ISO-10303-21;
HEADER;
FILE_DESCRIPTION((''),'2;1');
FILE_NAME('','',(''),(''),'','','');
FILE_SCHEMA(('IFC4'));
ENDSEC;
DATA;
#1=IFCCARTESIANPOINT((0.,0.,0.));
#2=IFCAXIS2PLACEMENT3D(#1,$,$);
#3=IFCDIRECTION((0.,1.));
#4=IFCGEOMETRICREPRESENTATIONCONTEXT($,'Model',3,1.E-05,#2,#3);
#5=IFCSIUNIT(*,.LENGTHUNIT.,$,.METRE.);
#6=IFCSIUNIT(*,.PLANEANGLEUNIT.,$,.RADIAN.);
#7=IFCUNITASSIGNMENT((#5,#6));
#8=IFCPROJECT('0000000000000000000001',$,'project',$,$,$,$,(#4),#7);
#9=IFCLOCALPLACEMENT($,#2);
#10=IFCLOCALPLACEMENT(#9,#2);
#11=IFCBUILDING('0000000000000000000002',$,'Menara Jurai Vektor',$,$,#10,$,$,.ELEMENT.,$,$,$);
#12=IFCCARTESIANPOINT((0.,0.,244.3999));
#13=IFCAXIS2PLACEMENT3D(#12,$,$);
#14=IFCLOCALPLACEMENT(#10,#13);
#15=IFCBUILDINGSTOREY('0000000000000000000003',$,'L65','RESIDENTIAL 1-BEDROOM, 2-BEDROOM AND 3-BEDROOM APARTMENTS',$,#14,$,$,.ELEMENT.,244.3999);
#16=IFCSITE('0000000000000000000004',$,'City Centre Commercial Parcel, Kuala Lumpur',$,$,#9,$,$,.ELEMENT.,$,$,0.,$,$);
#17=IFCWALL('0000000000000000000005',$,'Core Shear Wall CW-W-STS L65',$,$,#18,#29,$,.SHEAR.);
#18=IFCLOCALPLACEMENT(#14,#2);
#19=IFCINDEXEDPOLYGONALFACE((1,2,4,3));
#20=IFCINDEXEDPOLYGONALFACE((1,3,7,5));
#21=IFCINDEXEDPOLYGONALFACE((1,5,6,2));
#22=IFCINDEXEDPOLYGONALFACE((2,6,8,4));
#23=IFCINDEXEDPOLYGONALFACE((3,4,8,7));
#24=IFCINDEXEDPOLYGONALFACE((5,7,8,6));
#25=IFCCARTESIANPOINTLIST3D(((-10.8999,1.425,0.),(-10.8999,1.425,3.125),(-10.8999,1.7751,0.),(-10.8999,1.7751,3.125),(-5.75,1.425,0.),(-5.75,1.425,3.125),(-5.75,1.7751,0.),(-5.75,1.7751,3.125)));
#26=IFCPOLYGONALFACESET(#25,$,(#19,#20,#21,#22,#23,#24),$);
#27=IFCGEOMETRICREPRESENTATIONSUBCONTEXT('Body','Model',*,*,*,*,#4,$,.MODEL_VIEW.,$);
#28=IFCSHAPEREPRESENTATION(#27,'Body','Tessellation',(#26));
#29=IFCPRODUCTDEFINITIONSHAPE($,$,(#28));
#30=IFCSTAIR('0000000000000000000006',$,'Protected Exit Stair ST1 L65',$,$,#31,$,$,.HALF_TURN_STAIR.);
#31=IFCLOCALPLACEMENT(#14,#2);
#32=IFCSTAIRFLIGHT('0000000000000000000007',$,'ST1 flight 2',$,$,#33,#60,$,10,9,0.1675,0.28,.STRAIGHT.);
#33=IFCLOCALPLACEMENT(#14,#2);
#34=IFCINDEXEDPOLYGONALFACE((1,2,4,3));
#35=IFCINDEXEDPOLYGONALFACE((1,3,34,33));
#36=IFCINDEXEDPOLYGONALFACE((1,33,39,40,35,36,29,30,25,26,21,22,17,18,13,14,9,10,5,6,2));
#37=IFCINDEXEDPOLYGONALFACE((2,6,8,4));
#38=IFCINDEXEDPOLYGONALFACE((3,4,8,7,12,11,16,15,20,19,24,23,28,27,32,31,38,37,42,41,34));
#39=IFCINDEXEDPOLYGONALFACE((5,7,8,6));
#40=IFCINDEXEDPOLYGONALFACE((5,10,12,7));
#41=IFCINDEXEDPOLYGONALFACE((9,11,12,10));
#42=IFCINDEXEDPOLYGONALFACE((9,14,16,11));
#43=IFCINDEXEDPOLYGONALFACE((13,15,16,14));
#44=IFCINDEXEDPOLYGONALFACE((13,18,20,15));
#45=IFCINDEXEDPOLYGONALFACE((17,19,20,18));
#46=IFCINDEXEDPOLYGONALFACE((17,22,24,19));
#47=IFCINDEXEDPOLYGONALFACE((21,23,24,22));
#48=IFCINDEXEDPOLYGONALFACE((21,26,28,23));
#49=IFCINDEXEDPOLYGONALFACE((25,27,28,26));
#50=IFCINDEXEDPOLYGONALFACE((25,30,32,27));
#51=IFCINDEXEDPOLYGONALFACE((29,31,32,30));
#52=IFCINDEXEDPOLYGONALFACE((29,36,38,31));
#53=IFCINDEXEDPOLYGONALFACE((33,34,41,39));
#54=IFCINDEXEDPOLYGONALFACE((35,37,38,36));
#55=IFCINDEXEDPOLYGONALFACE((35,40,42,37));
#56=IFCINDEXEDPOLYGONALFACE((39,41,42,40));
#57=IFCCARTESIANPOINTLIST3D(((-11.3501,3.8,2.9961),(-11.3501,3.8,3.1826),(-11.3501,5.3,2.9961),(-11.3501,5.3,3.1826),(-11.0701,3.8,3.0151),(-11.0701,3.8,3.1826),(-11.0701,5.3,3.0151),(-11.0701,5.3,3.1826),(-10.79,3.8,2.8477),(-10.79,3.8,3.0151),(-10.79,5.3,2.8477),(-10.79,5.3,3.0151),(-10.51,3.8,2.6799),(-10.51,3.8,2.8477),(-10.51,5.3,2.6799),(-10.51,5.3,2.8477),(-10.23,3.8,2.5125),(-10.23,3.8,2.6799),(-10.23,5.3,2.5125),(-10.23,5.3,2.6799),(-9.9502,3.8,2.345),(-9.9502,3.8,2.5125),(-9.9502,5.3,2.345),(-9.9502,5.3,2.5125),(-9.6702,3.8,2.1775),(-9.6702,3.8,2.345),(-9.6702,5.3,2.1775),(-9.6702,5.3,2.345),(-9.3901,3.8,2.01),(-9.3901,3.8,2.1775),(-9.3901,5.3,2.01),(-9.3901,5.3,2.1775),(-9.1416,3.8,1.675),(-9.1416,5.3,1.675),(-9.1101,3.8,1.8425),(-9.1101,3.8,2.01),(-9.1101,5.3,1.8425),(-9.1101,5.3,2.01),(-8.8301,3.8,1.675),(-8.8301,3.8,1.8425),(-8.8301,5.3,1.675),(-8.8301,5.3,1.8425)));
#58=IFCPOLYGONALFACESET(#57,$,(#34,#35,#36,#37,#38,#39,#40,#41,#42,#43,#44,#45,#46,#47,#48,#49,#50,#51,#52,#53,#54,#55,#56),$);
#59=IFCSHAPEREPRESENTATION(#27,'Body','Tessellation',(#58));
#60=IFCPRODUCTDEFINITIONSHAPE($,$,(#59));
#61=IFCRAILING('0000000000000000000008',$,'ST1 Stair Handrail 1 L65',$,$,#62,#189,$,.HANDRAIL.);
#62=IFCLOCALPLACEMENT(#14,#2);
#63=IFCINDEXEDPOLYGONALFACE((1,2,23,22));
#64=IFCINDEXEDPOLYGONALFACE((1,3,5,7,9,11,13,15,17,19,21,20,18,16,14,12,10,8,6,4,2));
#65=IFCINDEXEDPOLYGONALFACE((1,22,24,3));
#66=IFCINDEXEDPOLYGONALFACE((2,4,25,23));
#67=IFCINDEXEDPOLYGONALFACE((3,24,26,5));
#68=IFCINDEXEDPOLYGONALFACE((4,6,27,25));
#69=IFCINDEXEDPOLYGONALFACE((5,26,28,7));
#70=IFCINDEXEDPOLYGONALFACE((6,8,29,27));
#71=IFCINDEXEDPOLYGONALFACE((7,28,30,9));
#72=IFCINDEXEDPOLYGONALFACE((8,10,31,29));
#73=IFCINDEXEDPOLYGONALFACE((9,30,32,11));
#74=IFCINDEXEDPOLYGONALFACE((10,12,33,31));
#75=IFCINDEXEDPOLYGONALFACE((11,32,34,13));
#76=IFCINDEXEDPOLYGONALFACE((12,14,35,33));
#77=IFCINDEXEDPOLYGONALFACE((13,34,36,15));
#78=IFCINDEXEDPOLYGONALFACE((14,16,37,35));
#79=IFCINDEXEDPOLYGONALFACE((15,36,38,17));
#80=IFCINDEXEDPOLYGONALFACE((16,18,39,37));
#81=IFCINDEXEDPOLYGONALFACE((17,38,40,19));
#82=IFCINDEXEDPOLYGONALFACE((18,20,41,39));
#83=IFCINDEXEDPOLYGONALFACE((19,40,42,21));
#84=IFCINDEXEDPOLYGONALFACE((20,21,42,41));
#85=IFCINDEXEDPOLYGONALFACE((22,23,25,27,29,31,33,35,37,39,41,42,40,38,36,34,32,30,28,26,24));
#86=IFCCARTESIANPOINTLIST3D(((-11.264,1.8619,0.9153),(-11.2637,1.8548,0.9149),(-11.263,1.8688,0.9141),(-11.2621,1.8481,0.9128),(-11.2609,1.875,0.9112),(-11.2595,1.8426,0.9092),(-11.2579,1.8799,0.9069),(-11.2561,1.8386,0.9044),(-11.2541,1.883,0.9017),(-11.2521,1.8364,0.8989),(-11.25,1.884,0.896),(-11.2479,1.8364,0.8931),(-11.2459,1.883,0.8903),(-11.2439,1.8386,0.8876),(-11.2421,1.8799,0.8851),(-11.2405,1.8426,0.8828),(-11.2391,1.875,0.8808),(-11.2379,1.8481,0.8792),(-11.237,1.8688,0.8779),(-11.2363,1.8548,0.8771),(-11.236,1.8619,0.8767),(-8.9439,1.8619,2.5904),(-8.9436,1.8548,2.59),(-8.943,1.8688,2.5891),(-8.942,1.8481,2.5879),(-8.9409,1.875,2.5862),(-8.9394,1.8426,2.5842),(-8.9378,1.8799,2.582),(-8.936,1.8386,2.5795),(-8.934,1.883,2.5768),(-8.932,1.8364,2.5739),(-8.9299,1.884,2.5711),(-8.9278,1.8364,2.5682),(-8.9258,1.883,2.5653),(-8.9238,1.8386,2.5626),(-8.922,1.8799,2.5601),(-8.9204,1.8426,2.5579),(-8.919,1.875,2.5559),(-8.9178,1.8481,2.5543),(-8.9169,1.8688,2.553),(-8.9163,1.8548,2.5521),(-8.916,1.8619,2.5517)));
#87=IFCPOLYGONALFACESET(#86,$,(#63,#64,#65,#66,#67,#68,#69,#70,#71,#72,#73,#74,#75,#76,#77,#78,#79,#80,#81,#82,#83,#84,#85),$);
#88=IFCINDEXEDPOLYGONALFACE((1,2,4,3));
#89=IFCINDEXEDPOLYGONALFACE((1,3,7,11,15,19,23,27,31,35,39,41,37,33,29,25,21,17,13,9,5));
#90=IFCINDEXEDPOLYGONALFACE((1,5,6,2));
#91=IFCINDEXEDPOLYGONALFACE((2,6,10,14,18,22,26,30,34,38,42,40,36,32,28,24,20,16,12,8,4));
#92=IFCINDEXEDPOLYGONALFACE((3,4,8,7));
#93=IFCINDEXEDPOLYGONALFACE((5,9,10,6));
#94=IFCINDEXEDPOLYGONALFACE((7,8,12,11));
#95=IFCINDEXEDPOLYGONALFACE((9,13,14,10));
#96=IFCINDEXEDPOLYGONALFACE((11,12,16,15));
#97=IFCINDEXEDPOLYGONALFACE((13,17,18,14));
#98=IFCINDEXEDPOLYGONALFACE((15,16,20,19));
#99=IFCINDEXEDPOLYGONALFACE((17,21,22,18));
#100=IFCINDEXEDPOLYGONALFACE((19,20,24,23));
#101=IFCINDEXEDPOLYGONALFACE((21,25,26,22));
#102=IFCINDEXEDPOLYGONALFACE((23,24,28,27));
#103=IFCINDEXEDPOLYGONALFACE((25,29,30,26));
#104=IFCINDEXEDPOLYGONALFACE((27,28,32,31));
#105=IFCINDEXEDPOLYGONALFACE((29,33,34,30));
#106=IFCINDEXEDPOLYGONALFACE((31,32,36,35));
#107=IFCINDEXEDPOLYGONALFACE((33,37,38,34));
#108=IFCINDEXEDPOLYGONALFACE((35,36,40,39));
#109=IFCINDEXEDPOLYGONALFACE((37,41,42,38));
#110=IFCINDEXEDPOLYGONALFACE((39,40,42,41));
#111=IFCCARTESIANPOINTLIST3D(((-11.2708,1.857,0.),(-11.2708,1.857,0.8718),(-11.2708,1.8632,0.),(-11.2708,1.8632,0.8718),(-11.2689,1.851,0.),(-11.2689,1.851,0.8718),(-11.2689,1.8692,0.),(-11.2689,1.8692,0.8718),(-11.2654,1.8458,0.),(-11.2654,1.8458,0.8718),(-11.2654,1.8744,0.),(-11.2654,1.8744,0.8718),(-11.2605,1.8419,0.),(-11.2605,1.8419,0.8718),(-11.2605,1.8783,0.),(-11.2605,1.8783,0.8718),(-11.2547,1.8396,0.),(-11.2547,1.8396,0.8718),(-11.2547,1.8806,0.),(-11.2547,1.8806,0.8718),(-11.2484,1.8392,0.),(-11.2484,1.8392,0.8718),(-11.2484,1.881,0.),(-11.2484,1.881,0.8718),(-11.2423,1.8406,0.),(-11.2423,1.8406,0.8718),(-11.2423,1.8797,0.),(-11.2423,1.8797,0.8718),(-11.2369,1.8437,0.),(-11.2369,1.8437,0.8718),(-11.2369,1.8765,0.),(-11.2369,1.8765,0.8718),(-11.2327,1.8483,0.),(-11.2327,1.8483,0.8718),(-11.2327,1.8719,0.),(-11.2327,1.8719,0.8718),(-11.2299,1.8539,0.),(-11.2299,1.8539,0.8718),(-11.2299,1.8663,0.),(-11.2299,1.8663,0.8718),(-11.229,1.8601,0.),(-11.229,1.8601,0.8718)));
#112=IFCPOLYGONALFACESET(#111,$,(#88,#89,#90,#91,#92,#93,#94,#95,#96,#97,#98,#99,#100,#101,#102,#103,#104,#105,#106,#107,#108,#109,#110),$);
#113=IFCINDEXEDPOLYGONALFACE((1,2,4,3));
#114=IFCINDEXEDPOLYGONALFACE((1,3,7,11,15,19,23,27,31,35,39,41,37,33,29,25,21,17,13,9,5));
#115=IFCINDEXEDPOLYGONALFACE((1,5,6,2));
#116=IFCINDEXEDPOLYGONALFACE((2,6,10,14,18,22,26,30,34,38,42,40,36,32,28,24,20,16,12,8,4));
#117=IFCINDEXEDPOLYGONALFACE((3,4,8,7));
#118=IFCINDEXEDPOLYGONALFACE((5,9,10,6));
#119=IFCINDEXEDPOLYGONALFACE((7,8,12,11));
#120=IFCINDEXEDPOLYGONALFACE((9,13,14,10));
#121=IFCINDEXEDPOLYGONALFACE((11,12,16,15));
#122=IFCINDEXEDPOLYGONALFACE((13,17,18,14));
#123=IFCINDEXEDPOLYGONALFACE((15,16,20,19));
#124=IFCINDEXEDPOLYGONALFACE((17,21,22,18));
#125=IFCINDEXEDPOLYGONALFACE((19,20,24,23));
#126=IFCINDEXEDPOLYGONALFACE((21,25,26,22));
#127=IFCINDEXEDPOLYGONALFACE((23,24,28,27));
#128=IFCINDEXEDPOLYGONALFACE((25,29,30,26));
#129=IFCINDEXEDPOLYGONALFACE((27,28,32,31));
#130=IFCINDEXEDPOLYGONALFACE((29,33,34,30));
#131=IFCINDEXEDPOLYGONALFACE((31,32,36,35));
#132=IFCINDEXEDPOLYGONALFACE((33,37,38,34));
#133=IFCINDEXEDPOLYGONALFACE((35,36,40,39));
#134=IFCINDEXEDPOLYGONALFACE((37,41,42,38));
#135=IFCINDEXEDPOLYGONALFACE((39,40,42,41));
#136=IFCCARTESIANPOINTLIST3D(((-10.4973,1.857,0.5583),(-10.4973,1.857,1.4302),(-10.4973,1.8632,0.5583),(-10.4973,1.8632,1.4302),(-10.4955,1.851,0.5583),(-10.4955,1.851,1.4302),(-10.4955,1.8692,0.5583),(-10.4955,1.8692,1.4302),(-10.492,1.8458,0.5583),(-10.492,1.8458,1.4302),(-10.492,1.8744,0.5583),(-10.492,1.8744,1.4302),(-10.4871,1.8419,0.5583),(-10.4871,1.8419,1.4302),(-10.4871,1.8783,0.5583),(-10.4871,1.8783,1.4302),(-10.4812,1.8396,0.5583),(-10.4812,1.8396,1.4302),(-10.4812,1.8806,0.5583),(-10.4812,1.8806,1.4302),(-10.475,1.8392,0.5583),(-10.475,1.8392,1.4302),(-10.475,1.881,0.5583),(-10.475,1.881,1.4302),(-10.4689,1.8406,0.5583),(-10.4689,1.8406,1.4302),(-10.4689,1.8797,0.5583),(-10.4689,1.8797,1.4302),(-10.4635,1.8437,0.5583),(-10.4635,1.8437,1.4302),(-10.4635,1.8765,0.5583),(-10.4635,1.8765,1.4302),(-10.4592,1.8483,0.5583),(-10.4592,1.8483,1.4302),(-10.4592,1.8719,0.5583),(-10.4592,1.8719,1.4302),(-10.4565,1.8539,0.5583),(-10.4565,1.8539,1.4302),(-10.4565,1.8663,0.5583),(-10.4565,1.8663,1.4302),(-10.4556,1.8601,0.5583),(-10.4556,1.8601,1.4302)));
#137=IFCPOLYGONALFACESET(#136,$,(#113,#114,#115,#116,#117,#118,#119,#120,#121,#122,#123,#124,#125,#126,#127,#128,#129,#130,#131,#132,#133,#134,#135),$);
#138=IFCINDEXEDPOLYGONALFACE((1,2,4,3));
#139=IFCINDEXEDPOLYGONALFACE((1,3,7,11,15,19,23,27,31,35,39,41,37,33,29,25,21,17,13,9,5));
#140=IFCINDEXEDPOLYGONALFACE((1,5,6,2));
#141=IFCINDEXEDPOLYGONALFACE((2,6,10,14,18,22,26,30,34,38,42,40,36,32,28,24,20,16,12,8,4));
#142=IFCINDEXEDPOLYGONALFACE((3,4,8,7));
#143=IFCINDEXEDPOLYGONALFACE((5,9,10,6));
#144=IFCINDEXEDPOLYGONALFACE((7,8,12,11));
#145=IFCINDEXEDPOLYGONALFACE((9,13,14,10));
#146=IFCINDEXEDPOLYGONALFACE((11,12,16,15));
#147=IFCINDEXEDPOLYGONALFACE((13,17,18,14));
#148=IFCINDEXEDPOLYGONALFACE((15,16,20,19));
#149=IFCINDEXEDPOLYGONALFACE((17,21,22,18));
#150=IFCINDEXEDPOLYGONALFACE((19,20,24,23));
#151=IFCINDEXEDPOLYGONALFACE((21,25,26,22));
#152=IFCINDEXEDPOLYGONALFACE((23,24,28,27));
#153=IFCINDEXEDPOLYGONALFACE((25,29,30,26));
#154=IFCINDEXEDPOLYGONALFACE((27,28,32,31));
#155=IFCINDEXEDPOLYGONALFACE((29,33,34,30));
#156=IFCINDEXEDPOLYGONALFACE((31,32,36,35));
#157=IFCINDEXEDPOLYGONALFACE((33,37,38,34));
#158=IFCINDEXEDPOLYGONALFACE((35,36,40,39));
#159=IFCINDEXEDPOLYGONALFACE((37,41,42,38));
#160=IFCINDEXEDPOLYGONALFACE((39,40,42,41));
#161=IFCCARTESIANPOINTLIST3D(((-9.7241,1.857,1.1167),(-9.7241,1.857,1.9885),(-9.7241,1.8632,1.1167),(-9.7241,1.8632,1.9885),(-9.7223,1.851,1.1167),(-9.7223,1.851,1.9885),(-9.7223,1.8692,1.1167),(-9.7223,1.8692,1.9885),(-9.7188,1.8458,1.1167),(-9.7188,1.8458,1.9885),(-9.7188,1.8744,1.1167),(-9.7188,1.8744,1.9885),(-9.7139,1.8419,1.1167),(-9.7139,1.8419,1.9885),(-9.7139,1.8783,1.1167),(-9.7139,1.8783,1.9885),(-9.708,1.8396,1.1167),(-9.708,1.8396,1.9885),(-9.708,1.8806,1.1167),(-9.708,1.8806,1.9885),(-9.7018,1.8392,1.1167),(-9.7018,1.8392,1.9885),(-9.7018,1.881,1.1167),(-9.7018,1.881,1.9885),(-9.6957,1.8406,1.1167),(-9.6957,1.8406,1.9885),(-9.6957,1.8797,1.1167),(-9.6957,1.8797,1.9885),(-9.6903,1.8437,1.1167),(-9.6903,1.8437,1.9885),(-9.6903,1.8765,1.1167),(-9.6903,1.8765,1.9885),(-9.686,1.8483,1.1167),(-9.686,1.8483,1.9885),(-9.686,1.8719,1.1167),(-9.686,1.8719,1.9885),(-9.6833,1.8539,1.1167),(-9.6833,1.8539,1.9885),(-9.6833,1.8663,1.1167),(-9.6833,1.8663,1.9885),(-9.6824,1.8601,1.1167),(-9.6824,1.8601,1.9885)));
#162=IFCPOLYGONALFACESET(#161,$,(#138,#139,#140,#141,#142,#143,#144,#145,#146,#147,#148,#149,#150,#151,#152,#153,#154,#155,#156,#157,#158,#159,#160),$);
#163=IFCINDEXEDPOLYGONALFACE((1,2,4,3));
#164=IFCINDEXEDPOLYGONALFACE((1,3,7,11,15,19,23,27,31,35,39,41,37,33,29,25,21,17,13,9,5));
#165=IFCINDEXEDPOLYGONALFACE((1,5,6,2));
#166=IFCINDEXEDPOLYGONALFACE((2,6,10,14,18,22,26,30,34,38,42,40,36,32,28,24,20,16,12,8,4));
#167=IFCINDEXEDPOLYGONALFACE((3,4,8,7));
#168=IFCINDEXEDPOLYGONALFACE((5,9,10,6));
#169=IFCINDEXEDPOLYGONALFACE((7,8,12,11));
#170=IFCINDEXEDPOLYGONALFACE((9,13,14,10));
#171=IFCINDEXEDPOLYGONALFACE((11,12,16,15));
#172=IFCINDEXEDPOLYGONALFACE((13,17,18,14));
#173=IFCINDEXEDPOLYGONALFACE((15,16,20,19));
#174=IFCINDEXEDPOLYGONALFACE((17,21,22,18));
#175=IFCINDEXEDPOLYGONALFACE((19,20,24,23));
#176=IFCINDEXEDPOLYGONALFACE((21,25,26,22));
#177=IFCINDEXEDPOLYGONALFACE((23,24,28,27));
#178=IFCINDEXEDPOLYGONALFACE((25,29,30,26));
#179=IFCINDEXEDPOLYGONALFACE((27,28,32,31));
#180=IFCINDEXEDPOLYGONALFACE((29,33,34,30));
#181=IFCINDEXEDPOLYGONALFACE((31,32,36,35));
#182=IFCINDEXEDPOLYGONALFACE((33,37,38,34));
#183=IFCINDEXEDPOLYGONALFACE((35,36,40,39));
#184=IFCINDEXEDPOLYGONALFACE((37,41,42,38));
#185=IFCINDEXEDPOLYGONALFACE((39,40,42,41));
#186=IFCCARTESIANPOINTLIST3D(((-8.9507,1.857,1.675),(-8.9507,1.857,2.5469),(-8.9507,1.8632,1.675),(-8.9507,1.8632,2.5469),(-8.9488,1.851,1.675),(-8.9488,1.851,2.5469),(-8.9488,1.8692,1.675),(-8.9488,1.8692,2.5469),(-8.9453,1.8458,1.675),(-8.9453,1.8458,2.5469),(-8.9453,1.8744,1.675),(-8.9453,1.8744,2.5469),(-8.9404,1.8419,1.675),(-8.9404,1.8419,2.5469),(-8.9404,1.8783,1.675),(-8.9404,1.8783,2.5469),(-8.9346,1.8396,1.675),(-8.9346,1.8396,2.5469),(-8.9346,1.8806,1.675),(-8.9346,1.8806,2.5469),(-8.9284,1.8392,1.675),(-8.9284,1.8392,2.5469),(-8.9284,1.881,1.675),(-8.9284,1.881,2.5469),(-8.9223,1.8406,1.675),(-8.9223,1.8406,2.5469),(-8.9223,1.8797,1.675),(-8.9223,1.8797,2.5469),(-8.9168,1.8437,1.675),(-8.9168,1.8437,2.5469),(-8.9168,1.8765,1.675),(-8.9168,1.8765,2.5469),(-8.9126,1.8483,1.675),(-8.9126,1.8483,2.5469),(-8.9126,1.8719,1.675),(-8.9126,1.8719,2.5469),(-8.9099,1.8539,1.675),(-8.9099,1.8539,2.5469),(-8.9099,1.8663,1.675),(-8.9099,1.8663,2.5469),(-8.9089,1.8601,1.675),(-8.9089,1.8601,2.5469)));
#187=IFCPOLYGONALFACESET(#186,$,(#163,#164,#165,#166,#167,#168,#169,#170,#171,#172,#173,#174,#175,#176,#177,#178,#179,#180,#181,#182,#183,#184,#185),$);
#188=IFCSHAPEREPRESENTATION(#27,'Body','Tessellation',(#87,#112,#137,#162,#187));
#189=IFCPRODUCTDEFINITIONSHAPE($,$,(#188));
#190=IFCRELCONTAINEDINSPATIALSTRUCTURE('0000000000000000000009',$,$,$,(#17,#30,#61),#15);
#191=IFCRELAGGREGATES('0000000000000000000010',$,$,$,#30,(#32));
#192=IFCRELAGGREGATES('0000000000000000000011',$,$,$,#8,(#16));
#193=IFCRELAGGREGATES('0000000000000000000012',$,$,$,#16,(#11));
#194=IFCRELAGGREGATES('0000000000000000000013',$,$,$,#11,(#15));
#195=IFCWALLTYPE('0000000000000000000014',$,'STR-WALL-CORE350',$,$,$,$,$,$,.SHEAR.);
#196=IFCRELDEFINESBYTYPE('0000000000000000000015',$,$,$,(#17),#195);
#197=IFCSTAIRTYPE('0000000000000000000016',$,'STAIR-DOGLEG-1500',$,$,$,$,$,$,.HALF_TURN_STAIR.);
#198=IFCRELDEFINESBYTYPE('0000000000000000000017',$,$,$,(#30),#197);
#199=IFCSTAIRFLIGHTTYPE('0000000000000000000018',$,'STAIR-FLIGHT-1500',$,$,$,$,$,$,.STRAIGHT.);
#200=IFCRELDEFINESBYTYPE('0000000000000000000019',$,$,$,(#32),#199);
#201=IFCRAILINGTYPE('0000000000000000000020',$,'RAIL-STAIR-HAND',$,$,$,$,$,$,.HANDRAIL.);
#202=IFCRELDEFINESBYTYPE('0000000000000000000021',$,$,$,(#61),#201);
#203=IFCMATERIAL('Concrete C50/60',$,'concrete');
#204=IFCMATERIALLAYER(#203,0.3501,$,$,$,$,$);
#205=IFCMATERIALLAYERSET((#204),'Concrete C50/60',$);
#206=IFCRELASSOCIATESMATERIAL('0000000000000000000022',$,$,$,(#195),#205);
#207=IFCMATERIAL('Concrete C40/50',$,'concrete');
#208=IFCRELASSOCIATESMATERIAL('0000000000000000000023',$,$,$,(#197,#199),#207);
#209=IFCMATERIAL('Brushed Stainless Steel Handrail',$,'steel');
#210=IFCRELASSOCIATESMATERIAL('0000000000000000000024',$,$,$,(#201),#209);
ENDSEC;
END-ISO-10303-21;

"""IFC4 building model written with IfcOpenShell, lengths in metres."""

from ifc_helpers import new_model, si_unit, direction, frame, frame_2d, origin, origin_2d, place, context, subcontext, project, spatial, polyline, rectangle, circle, outline, extrude, material, layer, layer_set, type_object, element, aggregate, save


model = new_model("IFC4")

# Units and contexts
model_context = context("Model", 3, precision=1e-05, world=origin(), true_north=direction((0.0, 1.0)))
body_context = subcontext(model_context, "Body", "Model", "MODEL_VIEW")
ifc_project = project(units=[si_unit("LENGTHUNIT", "METRE"), si_unit("PLANEANGLEUNIT", "RADIAN")], contexts=[model_context])

# Site, building, storey
site_placement = place(None, origin())
site = spatial("IfcSite", under=ifc_project, at=site_placement, Name="City Centre Commercial Parcel, Kuala Lumpur", CompositionType="ELEMENT", RefElevation=0.0)
building_placement = place(site_placement, origin())
building = spatial("IfcBuilding", under=site, at=building_placement, Name="Menara Jurai Vektor", CompositionType="ELEMENT")
storey_placement = place(building_placement, frame((0.0, 0.0, 244.3999)))
storey = spatial("IfcBuildingStorey", under=building, at=storey_placement, Name="L65", Description="RESIDENTIAL 1-BEDROOM, 2-BEDROOM AND 3-BEDROOM APARTMENTS", CompositionType="ELEMENT", Elevation=244.3999)

# Shared definitions
ifc_material_1 = material(Name="Concrete C40/50", Category="concrete")

# Wall
ifc_material_2 = material(Name="Concrete C50/60", Category="concrete")
ifc_layer_1 = layer(ifc_material_2, 0.3501)
ifc_layer_set_1 = layer_set([ifc_layer_1], Name="Concrete C50/60")
wall_type_1 = type_object("IfcWallType", Name="STR-WALL-CORE350", PredefinedType="SHEAR", material=ifc_layer_set_1)
wall_1_placement = place(storey_placement, frame((-10.8999, 1.6001, 0.0), z_axis=(0.0, 0.0, 1.0), x_axis=(1.0, 0.0, 0.0)))
element("IfcWall", 1, at=wall_1_placement, inside=storey, type_object=wall_type_1, Name="Core Shear Wall CW-W-STS L65", PredefinedType="SHEAR", context=body_context, shape_type="SweptSolid", body=[
    extrude(rectangle(XDim=5.1499, YDim=0.3501, at=frame_2d((2.575, 0.0))), origin(), (0.0, 0.0, 1.0), 3.125),
])

# Stair, stair flight
stair_type = type_object("IfcStairType", Name="STAIR-DOGLEG-1500", PredefinedType="HALF_TURN_STAIR", material=ifc_material_1)
stair_placement = place(storey_placement, origin())
stair = element("IfcStair", 2, at=stair_placement, inside=storey, type_object=stair_type, Name="Protected Exit Stair ST1 L65", PredefinedType="HALF_TURN_STAIR")
stair_flight_type = type_object("IfcStairFlightType", Name="STAIR-FLIGHT-1500", PredefinedType="STRAIGHT", material=ifc_material_1)
stair_flight_placement = place(storey_placement, frame((-8.8301, 4.55, 1.675), z_axis=(0.0, 0.0, 1.0), x_axis=(-1.0, 0.0, 0.0)))
stair_flight = element("IfcStairFlight", 3, at=stair_flight_placement, type_object=stair_flight_type, Name="ST1 flight 2", NumberOfRisers=10, NumberOfTreads=9, PredefinedType="STRAIGHT", RiserHeight=0.1675, TreadLength=0.28, context=body_context, shape_type="SweptSolid", body=[
    extrude(outline(polyline([(0.0, 0.0), (0.0, 0.1675), (0.28, 0.1675), (0.28, 0.335), (0.5601, 0.335), (0.5601, 0.5024), (0.8401, 0.5024), (0.8401, 0.6699), (1.1201, 0.6699), (1.1201, 0.8374), (1.3999, 0.8374), (1.3999, 1.0049), (1.6799, 1.0049), (1.6799, 1.1726), (1.96, 1.1726), (1.96, 1.3401), (2.24, 1.3401), (2.24, 1.5076), (2.52, 1.5076), (2.52, 1.675), (2.52, 1.321), (0.3115, 0.0), (0.0, 0.0)])), frame((0.0, 0.75, 0.0), z_axis=(0.0, -1.0, 0.0), x_axis=(1.0, 0.0, 0.0)), (0.0, 0.0, 1.0), 1.5),
])
aggregate(stair, [stair_flight])

# Railing
ifc_material_3 = material(Name="Brushed Stainless Steel Handrail", Category="steel")
railing_type = type_object("IfcRailingType", Name="RAIL-STAIR-HAND", PredefinedType="HANDRAIL", material=ifc_material_3)
railing_1_placement = place(storey_placement, frame((-11.25, 1.8601, 0.0)))
element("IfcRailing", 4, at=railing_1_placement, inside=storey, type_object=railing_type, Name="ST1 Stair Handrail 1 L65", PredefinedType="HANDRAIL", context=body_context, shape_type="SweptSolid", body=[
    extrude(circle(Radius=0.0239, at=origin_2d()), frame((0.0, 0.0, 0.896), z_axis=(0.810771, 0.0, 0.585363), x_axis=(0.0, 1.0, 0.0)), (0.0, 0.0, 1.0), 2.8616),
    extrude(circle(Radius=0.021, at=origin_2d()), origin(), (0.0, 0.0, 1.0), 0.8718),
    extrude(circle(Radius=0.021, at=origin_2d()), frame((0.7734, 0.0, 0.5583)), (0.0, 0.0, 1.0), 0.8718),
    extrude(circle(Radius=0.021, at=origin_2d()), frame((1.5466, 0.0, 1.1167)), (0.0, 0.0, 1.0), 0.8718),
    extrude(circle(Radius=0.021, at=origin_2d()), frame((2.3201, 0.0, 1.675)), (0.0, 0.0, 1.0), 0.8718),
])

save(model, "model.ifc")
